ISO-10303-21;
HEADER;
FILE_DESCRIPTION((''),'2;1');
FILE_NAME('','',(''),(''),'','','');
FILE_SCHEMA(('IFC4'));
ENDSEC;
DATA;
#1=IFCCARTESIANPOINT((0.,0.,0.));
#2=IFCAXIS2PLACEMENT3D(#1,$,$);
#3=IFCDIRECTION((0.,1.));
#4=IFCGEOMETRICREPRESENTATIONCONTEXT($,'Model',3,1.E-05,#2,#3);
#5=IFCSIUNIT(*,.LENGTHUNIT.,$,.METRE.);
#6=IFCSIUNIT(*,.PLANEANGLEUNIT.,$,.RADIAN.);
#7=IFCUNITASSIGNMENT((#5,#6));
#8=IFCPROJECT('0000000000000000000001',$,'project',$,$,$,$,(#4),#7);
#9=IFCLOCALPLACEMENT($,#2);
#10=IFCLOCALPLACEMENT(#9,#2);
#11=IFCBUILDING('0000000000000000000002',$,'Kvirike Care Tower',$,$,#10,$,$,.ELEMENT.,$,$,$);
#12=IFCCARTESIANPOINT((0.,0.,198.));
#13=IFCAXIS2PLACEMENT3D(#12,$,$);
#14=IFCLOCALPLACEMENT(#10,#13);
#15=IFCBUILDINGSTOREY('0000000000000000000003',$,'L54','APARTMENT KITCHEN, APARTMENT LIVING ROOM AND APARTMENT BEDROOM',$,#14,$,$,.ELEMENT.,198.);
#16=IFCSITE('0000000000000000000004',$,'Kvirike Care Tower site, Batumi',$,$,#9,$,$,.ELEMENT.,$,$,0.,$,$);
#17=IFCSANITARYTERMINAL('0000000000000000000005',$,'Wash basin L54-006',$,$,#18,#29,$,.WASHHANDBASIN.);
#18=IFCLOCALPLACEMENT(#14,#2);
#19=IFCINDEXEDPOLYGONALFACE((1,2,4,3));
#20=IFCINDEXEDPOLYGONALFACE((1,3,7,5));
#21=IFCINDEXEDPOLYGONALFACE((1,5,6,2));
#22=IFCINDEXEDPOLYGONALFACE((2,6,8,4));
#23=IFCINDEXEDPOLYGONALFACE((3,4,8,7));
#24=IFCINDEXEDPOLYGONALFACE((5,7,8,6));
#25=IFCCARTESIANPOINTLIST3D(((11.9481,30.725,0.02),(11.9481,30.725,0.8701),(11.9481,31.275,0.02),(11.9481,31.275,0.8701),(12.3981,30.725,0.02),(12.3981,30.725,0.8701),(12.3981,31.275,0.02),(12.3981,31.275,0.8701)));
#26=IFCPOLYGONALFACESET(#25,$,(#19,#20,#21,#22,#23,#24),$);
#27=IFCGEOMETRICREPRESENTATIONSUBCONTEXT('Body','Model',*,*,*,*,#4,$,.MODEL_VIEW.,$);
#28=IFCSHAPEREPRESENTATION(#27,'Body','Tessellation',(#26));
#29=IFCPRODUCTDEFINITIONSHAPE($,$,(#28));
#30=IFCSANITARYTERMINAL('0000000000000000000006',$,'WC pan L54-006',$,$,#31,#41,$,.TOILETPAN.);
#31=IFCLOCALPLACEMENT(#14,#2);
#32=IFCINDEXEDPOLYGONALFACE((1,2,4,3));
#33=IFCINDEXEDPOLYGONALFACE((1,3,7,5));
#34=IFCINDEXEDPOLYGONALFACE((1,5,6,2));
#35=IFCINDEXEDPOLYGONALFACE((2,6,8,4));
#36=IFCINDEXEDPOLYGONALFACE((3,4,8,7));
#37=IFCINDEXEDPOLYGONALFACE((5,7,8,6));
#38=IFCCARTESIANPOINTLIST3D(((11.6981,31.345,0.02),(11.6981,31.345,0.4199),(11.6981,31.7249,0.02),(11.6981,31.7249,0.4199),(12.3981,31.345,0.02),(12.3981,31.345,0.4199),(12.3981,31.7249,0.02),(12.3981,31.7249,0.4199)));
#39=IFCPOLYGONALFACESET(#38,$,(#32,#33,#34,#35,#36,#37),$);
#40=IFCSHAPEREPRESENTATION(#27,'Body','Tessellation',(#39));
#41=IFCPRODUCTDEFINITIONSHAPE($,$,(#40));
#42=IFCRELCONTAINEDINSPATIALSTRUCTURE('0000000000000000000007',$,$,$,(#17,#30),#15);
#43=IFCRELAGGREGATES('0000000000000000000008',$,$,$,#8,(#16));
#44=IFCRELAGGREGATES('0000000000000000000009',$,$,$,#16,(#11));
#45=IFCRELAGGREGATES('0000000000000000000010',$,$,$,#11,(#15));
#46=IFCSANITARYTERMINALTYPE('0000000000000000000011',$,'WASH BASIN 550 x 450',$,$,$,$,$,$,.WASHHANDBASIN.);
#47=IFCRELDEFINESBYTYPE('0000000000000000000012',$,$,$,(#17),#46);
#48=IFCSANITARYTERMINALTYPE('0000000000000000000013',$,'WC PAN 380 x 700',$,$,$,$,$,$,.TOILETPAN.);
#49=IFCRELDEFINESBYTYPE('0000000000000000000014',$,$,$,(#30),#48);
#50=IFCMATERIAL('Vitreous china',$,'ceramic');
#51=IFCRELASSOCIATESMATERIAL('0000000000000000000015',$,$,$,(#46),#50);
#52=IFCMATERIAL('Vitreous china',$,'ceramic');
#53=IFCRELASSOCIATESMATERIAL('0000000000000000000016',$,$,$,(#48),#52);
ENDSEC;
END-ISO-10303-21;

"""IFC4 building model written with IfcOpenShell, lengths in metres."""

from ifc_helpers import new_model, si_unit, direction, frame, origin, origin_2d, place, context, subcontext, project, spatial, rectangle, extrude, material, type_object, element, save


model = new_model("IFC4")

# Units and contexts
model_context = context("Model", 3, precision=1e-05, world=origin(), true_north=direction((0.0, 1.0)))
body_context = subcontext(model_context, "Body", "Model", "MODEL_VIEW")
ifc_project = project(units=[si_unit("LENGTHUNIT", "METRE"), si_unit("PLANEANGLEUNIT", "RADIAN")], contexts=[model_context])

# Site, building, storey
site_placement = place(None, origin())
site = spatial("IfcSite", under=ifc_project, at=site_placement, Name="Kvirike Care Tower site, Batumi", CompositionType="ELEMENT", RefElevation=0.0)
building_placement = place(site_placement, origin())
building = spatial("IfcBuilding", under=site, at=building_placement, Name="Kvirike Care Tower", CompositionType="ELEMENT")
storey_placement = place(building_placement, frame((0.0, 0.0, 198.0)))
storey = spatial("IfcBuildingStorey", under=building, at=storey_placement, Name="L54", Description="APARTMENT KITCHEN, APARTMENT LIVING ROOM AND APARTMENT BEDROOM", CompositionType="ELEMENT", Elevation=198.0)

# Sanitary terminals
ifc_material_1 = material(Name="Vitreous china", Category="ceramic")
sanitary_terminal_type_1 = type_object("IfcSanitaryTerminalType", Name="WASH BASIN 550 x 450", PredefinedType="WASHHANDBASIN", material=ifc_material_1)
sanitary_terminal_1_placement = place(storey_placement, frame((12.1731, 31.0, 0.02), z_axis=(0.0, 0.0, 1.0), x_axis=(0.0, -1.0, 0.0)))
element("IfcSanitaryTerminal", 1, at=sanitary_terminal_1_placement, inside=storey, type_object=sanitary_terminal_type_1, Name="Wash basin L54-006", PredefinedType="WASHHANDBASIN", context=body_context, shape_type="SweptSolid", body=[
    extrude(rectangle(XDim=0.55, YDim=0.45, at=origin_2d()), origin(), (0.0, 0.0, 1.0), 0.8501),
])
ifc_material_2 = material(Name="Vitreous china", Category="ceramic")
sanitary_terminal_type_2 = type_object("IfcSanitaryTerminalType", Name="WC PAN 380 x 700", PredefinedType="TOILETPAN", material=ifc_material_2)
sanitary_terminal_2_placement = place(storey_placement, frame((12.0481, 31.5349, 0.02), z_axis=(0.0, 0.0, 1.0), x_axis=(0.0, -1.0, 0.0)))
element("IfcSanitaryTerminal", 2, at=sanitary_terminal_2_placement, inside=storey, type_object=sanitary_terminal_type_2, Name="WC pan L54-006", PredefinedType="TOILETPAN", context=body_context, shape_type="SweptSolid", body=[
    extrude(rectangle(XDim=0.3799, YDim=0.7, at=origin_2d()), origin(), (0.0, 0.0, 1.0), 0.3999),
])

save(model, "model.ifc")
